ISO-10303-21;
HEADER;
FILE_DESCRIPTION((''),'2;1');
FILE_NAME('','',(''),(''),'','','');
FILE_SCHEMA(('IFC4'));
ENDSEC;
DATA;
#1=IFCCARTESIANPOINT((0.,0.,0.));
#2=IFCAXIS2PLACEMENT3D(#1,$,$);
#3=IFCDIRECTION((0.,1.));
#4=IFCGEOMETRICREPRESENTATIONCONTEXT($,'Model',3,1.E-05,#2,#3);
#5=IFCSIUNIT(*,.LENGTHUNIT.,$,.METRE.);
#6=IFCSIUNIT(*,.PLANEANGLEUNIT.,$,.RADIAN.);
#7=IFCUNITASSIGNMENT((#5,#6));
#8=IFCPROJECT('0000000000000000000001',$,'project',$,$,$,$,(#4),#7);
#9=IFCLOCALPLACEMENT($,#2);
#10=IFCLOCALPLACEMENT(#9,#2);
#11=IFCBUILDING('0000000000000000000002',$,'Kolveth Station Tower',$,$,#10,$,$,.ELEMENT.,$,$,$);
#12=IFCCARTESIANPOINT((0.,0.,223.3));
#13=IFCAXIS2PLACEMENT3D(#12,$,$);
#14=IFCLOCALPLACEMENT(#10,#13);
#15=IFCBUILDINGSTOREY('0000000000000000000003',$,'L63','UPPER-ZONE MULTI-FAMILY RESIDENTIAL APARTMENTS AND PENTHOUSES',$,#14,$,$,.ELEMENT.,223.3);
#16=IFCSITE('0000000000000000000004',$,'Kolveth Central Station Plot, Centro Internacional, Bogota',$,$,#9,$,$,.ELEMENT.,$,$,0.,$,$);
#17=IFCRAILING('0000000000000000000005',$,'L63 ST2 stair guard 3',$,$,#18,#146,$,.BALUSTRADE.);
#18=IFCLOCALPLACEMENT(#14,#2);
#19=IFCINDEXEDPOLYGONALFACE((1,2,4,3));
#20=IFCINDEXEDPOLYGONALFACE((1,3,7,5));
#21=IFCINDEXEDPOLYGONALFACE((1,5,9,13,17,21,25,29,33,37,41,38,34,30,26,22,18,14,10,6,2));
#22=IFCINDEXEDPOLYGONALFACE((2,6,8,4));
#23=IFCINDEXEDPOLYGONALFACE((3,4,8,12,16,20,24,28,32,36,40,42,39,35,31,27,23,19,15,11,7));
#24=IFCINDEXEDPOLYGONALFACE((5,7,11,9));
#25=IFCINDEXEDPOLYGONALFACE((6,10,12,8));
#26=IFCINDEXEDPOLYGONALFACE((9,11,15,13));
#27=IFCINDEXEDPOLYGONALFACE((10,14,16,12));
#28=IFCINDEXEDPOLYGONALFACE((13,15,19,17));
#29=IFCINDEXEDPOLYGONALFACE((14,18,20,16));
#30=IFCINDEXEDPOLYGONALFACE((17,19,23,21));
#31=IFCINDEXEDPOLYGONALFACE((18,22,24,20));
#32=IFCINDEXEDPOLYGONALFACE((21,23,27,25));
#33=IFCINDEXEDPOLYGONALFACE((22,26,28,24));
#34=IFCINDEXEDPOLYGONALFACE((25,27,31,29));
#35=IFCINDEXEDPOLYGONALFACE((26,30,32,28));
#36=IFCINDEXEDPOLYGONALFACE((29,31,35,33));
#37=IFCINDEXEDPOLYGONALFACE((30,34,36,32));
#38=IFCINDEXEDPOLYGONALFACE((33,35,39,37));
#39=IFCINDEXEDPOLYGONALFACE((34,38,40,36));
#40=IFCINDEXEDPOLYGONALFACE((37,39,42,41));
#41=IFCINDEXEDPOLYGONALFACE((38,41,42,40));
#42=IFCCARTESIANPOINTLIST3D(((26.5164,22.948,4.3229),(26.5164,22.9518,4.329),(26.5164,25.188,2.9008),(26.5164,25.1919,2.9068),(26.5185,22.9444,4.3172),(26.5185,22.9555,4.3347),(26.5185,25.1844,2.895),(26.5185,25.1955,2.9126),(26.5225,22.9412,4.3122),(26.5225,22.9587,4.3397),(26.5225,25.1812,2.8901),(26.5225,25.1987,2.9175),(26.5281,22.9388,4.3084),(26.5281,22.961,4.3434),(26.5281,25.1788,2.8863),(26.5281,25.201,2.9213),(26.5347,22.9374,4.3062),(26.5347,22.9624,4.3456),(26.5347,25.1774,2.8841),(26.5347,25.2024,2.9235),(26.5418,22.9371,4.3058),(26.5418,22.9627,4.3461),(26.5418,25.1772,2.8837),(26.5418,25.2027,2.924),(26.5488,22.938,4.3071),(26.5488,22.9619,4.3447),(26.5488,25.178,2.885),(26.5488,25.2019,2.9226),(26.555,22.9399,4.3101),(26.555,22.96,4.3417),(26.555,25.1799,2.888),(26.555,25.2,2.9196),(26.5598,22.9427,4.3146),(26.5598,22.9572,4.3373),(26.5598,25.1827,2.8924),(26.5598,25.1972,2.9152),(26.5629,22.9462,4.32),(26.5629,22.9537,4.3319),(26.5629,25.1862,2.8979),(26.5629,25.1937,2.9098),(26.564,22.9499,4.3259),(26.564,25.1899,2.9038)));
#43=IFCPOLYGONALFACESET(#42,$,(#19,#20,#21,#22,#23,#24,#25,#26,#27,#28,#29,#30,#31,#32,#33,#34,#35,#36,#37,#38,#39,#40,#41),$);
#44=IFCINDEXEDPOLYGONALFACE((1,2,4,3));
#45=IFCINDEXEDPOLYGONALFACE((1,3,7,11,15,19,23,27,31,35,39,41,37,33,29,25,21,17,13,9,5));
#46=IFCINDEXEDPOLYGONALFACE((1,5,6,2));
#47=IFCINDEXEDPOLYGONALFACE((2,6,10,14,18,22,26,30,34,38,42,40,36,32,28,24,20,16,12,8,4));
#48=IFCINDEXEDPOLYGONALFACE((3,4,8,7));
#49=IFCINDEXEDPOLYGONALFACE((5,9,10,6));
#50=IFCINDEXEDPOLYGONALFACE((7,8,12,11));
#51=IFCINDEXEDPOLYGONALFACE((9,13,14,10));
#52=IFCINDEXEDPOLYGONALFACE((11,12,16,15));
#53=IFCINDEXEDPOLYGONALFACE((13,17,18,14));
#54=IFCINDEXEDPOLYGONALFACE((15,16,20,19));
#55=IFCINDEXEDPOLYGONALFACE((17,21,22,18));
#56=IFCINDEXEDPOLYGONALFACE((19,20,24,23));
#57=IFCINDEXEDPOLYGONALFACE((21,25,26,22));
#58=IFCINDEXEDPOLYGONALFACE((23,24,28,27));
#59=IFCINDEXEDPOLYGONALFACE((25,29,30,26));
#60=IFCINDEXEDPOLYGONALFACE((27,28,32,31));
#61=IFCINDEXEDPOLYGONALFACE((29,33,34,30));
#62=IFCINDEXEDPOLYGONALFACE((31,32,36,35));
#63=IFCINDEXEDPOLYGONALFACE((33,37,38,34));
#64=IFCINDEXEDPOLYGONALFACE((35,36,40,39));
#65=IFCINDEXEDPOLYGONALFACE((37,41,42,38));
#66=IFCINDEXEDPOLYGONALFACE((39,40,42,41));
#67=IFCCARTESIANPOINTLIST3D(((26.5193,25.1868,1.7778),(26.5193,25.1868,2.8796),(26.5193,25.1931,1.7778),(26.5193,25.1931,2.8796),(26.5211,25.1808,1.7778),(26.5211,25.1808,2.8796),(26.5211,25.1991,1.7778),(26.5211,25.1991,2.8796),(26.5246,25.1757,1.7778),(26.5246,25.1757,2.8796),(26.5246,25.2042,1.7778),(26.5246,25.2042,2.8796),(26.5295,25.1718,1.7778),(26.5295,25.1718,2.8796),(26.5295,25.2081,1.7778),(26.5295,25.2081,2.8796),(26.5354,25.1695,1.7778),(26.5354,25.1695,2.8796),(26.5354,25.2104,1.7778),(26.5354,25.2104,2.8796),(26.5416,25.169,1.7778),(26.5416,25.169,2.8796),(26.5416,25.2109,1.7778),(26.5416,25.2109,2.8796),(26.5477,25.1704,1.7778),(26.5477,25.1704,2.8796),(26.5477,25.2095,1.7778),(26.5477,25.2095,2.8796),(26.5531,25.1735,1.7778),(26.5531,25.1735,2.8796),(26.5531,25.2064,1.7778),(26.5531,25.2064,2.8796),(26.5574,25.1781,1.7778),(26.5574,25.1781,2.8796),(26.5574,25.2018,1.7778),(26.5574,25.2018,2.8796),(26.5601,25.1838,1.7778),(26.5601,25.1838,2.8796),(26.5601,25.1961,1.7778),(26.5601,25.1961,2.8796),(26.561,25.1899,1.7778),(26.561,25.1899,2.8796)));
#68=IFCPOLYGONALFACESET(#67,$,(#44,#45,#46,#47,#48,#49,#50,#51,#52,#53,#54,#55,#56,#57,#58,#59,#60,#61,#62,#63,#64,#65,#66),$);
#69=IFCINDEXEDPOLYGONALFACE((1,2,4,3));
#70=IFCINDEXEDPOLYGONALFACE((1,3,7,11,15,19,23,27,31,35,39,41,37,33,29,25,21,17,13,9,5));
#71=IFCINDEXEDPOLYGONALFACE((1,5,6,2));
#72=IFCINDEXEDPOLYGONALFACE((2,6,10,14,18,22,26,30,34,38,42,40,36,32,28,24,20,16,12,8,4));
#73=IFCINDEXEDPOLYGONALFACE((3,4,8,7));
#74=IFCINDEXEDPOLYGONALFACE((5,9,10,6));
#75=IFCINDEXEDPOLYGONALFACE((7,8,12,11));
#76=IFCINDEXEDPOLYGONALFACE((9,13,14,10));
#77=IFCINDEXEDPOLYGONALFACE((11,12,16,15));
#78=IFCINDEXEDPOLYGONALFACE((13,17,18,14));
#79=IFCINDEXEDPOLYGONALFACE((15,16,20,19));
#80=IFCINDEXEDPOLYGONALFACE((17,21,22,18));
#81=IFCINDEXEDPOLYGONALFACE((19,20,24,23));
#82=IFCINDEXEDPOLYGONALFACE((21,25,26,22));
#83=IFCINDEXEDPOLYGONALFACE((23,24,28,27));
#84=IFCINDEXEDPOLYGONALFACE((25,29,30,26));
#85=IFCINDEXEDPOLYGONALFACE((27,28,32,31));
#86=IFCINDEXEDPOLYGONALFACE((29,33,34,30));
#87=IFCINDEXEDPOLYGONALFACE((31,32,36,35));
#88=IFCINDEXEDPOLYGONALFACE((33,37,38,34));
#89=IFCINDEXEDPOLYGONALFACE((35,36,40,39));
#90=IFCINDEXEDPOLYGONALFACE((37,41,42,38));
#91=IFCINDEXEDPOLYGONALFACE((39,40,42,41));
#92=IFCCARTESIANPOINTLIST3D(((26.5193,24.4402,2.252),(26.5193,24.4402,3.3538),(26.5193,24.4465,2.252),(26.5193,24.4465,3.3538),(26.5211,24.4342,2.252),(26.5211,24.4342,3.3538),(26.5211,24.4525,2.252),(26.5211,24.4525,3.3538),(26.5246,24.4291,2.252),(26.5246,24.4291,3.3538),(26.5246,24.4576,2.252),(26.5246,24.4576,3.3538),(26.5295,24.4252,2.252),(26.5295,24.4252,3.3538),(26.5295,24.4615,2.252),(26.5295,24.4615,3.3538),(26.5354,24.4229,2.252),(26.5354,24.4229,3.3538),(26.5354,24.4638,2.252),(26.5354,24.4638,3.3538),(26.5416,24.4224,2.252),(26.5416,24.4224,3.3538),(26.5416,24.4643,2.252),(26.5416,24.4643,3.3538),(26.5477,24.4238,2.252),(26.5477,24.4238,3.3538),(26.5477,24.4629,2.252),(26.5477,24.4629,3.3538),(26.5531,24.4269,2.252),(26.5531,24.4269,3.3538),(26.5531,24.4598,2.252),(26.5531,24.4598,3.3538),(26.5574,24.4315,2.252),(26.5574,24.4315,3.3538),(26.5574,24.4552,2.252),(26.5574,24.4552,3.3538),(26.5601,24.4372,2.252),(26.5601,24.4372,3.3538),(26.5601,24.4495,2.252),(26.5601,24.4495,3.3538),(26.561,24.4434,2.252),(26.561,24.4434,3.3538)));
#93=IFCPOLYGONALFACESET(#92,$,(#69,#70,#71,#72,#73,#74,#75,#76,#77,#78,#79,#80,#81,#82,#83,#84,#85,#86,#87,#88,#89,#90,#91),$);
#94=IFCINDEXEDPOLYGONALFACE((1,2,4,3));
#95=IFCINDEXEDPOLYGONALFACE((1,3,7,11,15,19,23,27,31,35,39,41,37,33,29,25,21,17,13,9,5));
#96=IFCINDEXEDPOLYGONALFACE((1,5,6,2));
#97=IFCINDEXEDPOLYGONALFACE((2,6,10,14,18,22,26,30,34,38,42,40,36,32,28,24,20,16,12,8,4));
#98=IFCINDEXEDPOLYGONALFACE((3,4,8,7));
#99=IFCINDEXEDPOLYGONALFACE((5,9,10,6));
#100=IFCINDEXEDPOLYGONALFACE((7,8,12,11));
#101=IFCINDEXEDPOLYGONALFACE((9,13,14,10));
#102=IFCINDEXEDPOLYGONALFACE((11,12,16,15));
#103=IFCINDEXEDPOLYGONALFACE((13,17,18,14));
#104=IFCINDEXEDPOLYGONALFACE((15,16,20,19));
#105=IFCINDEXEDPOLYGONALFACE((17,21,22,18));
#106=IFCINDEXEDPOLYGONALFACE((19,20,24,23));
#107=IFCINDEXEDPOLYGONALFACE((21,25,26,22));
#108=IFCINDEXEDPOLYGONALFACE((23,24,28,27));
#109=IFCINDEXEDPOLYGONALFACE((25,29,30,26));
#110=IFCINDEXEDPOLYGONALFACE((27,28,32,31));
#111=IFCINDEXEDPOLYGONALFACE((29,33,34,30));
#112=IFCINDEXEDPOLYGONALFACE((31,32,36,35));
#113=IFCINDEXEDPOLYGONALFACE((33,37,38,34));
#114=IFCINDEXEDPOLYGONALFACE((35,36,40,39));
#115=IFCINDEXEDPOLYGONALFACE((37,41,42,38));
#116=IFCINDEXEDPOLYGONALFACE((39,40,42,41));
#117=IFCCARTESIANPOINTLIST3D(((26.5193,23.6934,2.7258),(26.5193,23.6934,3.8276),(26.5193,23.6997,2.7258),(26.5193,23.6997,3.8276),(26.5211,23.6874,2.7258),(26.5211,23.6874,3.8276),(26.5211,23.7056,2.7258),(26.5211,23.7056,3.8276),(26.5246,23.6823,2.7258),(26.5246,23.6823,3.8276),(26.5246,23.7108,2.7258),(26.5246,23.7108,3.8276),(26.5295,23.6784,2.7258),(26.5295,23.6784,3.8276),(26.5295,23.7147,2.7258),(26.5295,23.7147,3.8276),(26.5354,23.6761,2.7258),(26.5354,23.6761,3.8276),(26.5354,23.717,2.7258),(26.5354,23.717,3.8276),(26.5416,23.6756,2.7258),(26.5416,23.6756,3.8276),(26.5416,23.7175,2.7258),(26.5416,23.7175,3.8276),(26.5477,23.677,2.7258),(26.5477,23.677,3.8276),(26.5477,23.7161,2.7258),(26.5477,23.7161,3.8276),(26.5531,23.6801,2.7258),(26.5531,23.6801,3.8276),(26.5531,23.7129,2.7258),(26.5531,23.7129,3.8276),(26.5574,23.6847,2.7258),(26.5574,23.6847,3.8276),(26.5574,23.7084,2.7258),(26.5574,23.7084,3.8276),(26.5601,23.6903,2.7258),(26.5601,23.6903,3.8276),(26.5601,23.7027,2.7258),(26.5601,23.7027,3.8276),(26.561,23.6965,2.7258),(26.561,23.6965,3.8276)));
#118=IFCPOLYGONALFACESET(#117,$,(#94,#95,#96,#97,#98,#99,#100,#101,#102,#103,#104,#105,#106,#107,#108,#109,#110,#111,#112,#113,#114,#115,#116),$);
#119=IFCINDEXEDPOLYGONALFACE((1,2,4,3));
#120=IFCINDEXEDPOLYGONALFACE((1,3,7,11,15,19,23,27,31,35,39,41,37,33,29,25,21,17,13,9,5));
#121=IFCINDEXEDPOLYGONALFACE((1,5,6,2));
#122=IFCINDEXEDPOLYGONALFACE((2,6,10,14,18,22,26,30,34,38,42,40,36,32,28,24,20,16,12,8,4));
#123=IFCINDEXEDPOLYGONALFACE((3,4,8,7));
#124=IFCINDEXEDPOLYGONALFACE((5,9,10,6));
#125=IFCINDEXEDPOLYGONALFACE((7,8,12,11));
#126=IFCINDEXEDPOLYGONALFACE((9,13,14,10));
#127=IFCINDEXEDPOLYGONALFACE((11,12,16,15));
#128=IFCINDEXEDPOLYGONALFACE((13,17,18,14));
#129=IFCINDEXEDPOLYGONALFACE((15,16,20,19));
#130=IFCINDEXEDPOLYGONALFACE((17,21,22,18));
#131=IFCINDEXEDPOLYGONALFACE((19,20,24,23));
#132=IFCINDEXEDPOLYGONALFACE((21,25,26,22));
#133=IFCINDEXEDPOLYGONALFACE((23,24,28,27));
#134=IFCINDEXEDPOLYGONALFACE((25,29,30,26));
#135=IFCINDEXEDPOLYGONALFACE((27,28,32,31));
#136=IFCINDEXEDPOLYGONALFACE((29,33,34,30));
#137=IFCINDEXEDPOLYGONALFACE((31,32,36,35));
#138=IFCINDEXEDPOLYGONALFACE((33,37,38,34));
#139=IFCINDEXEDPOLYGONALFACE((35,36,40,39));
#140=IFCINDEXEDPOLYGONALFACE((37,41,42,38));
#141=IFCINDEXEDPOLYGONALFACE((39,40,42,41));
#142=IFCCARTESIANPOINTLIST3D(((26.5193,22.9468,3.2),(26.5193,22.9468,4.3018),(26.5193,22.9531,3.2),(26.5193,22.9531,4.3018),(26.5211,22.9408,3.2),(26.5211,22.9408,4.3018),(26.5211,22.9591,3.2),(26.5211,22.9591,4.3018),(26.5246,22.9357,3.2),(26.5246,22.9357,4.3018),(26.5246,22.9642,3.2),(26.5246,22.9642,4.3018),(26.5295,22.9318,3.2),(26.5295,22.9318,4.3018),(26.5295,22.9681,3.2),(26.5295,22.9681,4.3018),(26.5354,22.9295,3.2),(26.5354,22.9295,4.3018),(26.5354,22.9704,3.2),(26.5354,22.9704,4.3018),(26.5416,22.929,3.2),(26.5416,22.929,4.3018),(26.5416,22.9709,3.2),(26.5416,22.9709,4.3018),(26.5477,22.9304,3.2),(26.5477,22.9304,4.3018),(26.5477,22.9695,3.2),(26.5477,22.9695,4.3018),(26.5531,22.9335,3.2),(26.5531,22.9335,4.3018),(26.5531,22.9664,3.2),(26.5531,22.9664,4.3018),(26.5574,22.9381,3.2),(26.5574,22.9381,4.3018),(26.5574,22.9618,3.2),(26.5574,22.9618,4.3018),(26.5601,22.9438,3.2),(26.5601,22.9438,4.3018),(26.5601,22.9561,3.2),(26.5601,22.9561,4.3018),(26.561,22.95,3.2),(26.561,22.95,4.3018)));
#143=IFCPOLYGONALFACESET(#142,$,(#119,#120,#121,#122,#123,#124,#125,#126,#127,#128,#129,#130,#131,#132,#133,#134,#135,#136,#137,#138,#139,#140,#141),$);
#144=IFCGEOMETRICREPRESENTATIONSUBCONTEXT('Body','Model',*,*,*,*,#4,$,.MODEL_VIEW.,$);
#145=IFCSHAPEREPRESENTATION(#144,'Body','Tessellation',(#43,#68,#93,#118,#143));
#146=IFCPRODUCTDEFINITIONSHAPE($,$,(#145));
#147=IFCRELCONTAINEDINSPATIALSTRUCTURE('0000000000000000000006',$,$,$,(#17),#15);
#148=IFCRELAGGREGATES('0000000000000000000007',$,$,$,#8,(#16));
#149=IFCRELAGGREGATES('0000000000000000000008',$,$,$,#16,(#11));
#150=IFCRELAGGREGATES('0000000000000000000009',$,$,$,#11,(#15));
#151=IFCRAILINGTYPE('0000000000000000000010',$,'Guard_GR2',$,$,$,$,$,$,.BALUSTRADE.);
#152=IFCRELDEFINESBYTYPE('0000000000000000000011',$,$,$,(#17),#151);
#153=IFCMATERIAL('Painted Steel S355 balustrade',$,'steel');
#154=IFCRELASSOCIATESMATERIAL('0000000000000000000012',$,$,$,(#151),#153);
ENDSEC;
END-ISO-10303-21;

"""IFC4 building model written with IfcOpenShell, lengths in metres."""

from ifc_helpers import new_model, si_unit, direction, frame, origin, origin_2d, place, context, subcontext, project, spatial, circle, extrude, material, type_object, element, save


model = new_model("IFC4")

# Units and contexts
model_context = context("Model", 3, precision=1e-05, world=origin(), true_north=direction((0.0, 1.0)))
body_context = subcontext(model_context, "Body", "Model", "MODEL_VIEW")
ifc_project = project(units=[si_unit("LENGTHUNIT", "METRE"), si_unit("PLANEANGLEUNIT", "RADIAN")], contexts=[model_context])

# Site, building, storey
site_placement = place(None, origin())
site = spatial("IfcSite", under=ifc_project, at=site_placement, Name="Kolveth Central Station Plot, Centro Internacional, Bogota", CompositionType="ELEMENT", RefElevation=0.0)
building_placement = place(site_placement, origin())
building = spatial("IfcBuilding", under=site, at=building_placement, Name="Kolveth Station Tower", CompositionType="ELEMENT")
storey_placement = place(building_placement, frame((0.0, 0.0, 223.3)))
storey = spatial("IfcBuildingStorey", under=building, at=storey_placement, Name="L63", Description="UPPER-ZONE MULTI-FAMILY RESIDENTIAL APARTMENTS AND PENTHOUSES", CompositionType="ELEMENT", Elevation=223.3)

# Railing
ifc_material_1 = material(Name="Painted Steel S355 balustrade", Category="steel")
railing_type_1 = type_object("IfcRailingType", Name="Guard_GR2", PredefinedType="BALUSTRADE", material=ifc_material_1)
railing_1_placement = place(storey_placement, frame((26.54, 25.1899, 1.7778)))
element("IfcRailing", 1, at=railing_1_placement, inside=storey, type_object=railing_type_1, Name="L63 ST2 stair guard 3", PredefinedType="BALUSTRADE", context=body_context, shape_type="SweptSolid", body=[
    extrude(circle(Radius=0.0239, at=origin_2d()), frame((0.0, 0.0, 1.126), z_axis=(0.0, -0.844229, 0.535982), x_axis=(1.0, 0.0, 0.0)), (0.0, 0.0, 1.0), 2.6533),
    extrude(circle(Radius=0.021, at=origin_2d()), origin(), (0.0, 0.0, 1.0), 1.1018),
    extrude(circle(Radius=0.021, at=origin_2d()), frame((0.0, -0.7466, 0.4741)), (0.0, 0.0, 1.0), 1.1018),
    extrude(circle(Radius=0.021, at=origin_2d()), frame((0.0, -1.4934, 0.948)), (0.0, 0.0, 1.0), 1.1018),
    extrude(circle(Radius=0.021, at=origin_2d()), frame((0.0, -2.24, 1.4221)), (0.0, 0.0, 1.0), 1.1018),
])

save(model, "model.ifc")
